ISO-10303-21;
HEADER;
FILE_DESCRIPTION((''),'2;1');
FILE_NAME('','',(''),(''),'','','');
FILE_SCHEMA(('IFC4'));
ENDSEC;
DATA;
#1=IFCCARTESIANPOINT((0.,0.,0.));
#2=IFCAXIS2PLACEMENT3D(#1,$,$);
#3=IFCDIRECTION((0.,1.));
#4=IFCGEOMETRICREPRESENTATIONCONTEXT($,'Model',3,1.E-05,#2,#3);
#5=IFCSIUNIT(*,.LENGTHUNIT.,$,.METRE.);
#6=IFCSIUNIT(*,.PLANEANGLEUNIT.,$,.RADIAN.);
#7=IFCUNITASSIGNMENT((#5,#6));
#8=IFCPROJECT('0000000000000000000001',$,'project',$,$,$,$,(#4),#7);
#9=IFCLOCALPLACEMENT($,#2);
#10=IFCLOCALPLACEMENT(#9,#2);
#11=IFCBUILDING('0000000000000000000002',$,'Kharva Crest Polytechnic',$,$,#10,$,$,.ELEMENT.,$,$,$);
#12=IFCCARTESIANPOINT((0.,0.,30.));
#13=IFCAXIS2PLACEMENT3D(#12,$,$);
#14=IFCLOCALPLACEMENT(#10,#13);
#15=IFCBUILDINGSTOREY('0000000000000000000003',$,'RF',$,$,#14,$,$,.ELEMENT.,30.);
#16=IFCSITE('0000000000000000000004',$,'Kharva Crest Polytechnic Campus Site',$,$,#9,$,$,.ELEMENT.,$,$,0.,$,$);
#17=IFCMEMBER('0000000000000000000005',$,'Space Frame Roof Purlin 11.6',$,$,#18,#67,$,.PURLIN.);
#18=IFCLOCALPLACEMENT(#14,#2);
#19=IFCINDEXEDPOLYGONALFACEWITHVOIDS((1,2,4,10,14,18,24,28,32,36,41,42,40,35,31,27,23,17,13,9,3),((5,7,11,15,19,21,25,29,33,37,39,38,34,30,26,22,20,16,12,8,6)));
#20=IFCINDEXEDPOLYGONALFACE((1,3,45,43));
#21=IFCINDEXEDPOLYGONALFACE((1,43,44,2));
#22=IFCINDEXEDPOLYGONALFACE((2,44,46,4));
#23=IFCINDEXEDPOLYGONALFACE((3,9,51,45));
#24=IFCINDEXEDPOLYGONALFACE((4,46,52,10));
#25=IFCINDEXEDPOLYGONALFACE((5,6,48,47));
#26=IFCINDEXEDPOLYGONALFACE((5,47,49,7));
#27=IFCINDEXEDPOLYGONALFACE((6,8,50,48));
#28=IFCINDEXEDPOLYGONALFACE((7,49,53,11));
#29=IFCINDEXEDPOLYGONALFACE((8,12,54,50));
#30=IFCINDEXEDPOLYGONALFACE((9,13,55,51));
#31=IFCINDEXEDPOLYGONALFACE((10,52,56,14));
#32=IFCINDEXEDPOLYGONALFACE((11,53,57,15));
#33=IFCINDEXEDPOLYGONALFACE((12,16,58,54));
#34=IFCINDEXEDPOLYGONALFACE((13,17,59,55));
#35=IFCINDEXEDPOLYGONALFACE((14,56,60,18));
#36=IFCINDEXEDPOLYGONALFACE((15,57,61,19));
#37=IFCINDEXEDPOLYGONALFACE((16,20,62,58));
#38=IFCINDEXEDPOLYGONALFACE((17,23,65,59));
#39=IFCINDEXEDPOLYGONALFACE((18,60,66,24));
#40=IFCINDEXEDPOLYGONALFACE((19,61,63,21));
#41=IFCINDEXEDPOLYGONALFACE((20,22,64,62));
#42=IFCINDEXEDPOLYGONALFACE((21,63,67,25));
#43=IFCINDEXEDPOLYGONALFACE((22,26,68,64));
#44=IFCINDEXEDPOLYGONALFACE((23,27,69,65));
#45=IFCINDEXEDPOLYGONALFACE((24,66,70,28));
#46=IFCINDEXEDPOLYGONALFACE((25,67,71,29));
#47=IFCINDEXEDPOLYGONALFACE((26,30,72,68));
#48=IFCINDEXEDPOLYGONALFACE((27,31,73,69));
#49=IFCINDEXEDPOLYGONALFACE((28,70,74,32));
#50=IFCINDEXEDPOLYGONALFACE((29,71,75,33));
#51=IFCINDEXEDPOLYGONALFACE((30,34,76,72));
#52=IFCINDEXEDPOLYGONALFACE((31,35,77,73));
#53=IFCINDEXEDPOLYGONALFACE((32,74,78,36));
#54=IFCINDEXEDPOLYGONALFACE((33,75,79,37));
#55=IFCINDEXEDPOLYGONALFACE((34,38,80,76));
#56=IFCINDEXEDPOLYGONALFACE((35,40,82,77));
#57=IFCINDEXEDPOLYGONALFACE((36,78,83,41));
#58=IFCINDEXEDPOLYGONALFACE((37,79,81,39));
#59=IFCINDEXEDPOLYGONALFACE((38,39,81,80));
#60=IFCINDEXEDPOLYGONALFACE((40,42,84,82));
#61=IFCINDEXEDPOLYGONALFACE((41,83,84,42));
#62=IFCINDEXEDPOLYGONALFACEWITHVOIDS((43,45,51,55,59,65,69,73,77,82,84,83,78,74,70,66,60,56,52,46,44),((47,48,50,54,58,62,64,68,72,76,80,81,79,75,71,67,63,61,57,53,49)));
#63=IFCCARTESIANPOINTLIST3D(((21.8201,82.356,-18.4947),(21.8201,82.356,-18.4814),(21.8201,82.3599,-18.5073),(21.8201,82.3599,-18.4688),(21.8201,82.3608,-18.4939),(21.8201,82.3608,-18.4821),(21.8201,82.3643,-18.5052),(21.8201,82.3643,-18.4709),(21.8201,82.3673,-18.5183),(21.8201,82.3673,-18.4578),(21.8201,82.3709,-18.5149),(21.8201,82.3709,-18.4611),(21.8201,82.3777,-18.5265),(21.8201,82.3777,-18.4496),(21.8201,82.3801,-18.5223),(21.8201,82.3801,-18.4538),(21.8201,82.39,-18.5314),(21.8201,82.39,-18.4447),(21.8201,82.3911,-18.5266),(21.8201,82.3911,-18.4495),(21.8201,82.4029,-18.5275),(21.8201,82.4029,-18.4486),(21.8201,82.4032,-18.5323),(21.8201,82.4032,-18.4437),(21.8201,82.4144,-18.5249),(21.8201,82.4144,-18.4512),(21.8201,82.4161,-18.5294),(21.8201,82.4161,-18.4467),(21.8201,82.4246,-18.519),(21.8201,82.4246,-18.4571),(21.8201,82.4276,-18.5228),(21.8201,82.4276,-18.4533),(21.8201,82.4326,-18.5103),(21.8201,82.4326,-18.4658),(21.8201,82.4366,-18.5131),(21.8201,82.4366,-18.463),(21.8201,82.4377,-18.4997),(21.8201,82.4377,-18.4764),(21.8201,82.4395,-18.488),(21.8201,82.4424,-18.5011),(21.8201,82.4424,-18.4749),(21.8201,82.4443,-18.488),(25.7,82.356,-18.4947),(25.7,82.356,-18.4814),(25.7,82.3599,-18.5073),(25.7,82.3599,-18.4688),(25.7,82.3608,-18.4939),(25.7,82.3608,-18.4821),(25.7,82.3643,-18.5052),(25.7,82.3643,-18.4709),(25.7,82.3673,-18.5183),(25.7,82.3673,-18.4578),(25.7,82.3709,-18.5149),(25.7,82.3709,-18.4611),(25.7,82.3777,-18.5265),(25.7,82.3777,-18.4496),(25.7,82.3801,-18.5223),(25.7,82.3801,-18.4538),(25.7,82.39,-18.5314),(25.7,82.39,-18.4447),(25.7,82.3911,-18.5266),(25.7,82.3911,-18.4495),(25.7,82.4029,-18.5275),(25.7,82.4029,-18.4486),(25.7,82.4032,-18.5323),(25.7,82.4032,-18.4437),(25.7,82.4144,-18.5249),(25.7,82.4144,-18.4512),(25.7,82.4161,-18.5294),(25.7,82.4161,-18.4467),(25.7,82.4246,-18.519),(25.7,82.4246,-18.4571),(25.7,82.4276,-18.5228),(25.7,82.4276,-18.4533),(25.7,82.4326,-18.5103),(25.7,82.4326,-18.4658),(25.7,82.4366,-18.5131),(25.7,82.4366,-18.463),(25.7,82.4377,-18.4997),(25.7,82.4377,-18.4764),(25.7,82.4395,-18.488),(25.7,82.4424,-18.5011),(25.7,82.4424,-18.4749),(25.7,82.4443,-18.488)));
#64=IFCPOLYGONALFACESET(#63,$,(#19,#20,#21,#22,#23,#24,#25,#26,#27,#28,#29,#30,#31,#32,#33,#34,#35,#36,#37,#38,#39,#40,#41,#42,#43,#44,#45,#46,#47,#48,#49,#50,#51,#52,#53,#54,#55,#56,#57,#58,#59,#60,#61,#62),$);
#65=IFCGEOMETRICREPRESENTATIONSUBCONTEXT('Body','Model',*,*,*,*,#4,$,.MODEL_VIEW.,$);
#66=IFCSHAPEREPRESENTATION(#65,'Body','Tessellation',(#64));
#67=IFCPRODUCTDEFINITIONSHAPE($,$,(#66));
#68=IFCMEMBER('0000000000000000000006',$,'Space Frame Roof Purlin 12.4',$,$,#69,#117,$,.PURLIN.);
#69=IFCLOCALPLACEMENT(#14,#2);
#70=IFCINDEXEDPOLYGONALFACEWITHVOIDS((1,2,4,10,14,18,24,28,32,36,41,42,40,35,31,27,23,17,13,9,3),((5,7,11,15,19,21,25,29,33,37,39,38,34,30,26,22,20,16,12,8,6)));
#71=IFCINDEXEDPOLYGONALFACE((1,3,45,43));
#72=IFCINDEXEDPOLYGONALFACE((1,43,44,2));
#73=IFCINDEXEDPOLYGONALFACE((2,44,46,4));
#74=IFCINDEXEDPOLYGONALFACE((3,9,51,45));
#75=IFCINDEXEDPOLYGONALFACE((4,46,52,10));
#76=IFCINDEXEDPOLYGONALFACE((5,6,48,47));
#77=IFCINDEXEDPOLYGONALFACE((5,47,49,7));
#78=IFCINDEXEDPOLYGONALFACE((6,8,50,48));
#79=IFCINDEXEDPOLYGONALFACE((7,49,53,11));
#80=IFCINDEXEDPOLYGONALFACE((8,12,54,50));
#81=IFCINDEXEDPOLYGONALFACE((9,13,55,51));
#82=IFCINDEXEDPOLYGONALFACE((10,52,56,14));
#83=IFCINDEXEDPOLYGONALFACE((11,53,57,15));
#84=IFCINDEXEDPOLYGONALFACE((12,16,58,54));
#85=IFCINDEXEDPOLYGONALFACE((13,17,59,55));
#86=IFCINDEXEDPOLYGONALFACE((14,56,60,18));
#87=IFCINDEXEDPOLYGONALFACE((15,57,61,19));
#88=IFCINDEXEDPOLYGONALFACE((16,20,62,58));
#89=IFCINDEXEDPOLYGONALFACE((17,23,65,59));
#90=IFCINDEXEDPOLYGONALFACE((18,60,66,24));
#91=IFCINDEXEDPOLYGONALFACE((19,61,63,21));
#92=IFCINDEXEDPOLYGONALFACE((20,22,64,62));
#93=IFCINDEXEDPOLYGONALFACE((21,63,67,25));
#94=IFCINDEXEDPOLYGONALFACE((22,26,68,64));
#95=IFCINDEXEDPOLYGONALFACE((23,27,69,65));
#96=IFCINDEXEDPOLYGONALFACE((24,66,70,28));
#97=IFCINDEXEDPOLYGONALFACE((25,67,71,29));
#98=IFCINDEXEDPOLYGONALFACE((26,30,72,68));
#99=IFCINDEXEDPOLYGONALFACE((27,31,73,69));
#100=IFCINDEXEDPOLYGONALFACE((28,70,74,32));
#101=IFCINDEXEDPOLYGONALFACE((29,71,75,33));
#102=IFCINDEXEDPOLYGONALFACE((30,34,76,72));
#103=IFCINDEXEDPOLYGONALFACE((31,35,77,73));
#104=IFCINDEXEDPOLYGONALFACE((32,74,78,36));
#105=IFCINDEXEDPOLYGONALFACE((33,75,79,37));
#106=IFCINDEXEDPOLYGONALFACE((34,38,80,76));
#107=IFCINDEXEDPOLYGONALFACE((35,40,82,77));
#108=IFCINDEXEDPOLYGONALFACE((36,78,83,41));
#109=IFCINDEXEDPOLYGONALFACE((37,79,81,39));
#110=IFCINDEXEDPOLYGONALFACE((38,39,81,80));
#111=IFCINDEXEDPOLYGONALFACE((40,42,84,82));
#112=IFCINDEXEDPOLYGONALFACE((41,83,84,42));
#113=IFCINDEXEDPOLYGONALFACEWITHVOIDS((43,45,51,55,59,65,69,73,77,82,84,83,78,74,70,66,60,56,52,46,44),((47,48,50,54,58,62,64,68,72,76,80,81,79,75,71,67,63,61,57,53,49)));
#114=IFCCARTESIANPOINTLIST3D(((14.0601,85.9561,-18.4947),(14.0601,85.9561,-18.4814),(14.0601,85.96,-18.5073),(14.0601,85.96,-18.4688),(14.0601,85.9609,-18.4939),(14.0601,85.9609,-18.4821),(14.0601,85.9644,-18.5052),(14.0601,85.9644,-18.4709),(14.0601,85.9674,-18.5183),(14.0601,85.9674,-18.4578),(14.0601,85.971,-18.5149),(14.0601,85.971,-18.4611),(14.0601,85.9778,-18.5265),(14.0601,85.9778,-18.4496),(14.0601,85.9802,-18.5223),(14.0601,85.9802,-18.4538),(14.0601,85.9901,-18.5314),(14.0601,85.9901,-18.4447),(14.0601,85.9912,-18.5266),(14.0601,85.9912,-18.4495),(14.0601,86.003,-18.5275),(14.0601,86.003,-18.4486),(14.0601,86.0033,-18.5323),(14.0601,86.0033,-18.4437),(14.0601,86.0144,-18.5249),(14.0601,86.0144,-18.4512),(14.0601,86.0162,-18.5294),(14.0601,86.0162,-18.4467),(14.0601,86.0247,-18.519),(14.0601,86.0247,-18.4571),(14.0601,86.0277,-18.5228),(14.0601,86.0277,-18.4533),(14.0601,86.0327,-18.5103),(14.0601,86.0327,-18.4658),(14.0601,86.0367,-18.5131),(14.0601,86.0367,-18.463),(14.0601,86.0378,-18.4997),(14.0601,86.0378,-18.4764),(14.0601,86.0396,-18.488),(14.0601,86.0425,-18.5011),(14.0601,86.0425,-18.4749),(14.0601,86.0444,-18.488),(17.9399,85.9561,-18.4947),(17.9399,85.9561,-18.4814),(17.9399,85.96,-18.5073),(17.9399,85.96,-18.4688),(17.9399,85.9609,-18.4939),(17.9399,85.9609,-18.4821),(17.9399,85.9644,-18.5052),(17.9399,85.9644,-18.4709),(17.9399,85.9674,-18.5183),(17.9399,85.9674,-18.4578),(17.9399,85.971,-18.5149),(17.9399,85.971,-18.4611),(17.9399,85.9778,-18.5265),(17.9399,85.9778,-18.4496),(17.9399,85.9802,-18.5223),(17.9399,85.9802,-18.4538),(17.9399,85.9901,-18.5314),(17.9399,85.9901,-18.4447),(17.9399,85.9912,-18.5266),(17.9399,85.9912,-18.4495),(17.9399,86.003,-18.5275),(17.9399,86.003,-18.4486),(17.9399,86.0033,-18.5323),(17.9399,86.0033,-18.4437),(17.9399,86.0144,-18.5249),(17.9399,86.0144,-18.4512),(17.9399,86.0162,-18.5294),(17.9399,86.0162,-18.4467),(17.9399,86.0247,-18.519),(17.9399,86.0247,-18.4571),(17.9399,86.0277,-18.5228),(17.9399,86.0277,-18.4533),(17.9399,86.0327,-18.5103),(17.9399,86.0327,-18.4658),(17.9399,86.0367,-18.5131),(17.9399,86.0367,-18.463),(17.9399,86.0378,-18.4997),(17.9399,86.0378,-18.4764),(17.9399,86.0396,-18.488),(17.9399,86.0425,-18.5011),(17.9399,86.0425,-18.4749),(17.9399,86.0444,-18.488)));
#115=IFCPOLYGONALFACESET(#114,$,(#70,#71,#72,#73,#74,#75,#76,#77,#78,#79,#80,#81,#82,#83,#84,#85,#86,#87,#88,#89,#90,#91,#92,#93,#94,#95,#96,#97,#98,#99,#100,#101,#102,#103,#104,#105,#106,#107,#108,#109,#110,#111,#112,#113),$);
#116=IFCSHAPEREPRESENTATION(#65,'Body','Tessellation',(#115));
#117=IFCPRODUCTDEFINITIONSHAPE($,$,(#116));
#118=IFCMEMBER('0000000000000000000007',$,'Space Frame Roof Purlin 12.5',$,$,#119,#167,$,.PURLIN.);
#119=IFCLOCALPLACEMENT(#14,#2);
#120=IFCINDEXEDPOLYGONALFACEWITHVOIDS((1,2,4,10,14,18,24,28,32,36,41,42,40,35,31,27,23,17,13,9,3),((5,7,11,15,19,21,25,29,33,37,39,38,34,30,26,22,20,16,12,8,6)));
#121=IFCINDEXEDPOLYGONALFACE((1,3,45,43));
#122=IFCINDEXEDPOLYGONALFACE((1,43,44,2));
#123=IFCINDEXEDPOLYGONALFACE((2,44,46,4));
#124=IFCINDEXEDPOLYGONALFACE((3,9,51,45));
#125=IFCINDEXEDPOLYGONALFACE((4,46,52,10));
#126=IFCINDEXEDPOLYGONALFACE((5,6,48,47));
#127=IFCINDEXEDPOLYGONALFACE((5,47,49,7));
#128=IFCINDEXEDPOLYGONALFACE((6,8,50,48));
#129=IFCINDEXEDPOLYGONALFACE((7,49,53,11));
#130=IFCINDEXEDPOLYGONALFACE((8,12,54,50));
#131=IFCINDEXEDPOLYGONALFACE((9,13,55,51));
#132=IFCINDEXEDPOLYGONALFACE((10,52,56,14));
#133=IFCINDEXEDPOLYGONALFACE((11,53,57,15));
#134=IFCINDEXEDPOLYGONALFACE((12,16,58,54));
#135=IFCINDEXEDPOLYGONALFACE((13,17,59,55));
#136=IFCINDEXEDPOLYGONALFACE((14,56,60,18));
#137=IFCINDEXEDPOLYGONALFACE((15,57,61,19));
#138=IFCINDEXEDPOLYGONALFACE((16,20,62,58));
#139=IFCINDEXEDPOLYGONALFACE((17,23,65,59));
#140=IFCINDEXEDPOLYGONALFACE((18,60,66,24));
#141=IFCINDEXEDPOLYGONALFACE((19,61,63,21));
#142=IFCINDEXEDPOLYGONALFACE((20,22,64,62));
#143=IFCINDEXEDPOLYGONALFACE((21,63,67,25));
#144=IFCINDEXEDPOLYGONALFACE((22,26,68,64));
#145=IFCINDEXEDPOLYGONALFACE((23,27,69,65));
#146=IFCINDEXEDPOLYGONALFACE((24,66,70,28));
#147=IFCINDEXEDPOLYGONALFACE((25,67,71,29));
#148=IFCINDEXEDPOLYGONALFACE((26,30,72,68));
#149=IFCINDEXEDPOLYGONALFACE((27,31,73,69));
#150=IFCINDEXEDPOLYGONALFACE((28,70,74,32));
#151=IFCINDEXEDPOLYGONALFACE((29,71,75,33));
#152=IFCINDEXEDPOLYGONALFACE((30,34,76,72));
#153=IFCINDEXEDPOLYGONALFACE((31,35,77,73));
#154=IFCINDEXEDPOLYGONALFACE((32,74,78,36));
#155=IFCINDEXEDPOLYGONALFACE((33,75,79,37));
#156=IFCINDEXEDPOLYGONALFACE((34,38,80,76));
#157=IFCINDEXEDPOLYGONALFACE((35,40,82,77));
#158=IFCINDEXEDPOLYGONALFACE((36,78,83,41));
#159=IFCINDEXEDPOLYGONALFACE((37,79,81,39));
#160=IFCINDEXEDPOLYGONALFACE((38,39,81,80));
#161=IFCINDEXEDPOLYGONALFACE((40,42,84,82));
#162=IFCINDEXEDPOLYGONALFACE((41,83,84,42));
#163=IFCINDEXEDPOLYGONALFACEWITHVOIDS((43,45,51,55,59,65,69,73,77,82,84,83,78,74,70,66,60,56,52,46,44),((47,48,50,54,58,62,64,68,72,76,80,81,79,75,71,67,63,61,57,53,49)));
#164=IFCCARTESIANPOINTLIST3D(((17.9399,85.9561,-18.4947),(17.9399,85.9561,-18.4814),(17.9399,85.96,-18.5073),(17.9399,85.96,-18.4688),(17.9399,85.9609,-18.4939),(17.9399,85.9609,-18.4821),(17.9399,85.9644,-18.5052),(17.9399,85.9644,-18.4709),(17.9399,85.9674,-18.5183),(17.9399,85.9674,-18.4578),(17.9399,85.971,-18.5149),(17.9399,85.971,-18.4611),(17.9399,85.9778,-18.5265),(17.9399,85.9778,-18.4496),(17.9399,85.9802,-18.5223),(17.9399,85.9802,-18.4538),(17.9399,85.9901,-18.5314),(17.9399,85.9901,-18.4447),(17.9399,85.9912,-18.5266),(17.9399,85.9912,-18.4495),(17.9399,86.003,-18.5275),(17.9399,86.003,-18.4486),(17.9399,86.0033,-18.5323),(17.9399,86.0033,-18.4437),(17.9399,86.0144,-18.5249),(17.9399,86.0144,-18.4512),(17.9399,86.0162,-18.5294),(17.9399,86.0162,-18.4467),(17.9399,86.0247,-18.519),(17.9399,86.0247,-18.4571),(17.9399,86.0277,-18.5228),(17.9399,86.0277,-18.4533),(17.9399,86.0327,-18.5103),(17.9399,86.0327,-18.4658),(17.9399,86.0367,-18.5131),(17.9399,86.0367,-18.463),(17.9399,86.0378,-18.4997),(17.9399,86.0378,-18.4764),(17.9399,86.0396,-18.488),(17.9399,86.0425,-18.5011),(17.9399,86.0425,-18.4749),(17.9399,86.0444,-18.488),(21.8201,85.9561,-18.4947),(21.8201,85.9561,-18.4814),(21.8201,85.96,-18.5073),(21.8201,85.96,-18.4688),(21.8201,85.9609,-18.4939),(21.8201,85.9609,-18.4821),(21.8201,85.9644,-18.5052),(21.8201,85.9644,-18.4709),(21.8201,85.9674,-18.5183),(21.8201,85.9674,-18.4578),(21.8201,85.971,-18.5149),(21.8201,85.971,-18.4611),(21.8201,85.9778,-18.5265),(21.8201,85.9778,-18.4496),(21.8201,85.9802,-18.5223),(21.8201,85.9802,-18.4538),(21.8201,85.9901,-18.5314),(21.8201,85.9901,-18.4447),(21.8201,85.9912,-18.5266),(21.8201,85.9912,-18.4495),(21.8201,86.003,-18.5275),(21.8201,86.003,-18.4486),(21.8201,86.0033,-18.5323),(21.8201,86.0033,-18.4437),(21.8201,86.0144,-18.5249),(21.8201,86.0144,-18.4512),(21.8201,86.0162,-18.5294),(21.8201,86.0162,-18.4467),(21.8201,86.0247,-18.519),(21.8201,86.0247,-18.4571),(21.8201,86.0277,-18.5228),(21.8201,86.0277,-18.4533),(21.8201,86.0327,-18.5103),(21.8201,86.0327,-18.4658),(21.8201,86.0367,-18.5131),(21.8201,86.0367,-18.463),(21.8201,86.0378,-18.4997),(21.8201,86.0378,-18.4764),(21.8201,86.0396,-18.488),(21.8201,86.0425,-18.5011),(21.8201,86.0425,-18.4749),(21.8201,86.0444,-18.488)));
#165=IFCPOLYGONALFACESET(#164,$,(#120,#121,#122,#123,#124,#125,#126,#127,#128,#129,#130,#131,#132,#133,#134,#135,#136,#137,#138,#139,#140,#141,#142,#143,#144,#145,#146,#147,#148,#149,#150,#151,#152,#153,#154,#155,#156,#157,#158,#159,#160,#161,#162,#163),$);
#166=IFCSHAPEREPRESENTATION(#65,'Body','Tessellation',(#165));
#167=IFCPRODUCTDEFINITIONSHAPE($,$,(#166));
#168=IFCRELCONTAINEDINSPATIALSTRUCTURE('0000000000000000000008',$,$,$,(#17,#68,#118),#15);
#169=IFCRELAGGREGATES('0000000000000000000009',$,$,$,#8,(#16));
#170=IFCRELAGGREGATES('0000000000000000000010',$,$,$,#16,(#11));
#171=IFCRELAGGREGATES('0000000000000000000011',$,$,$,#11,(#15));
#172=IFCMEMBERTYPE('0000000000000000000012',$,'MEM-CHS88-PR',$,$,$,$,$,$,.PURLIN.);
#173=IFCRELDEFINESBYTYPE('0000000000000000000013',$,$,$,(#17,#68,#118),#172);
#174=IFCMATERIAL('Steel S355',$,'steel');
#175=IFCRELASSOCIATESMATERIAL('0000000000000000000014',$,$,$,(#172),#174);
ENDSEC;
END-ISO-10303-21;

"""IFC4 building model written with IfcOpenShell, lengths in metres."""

from ifc_helpers import new_model, si_unit, direction, frame, origin, origin_2d, place, context, subcontext, project, spatial, hollow_circle, extrude, material, material_profile, profile_set, type_object, element, save


model = new_model("IFC4")

# Units and contexts
model_context = context("Model", 3, precision=1e-05, world=origin(), true_north=direction((0.0, 1.0)))
body_context = subcontext(model_context, "Body", "Model", "MODEL_VIEW")
ifc_project = project(units=[si_unit("LENGTHUNIT", "METRE"), si_unit("PLANEANGLEUNIT", "RADIAN")], contexts=[model_context])

# Site, building, storey
site_placement = place(None, origin())
site = spatial("IfcSite", under=ifc_project, at=site_placement, Name="Kharva Crest Polytechnic Campus Site", CompositionType="ELEMENT", RefElevation=0.0)
building_placement = place(site_placement, origin())
building = spatial("IfcBuilding", under=site, at=building_placement, Name="Kharva Crest Polytechnic", CompositionType="ELEMENT")
storey_placement = place(building_placement, frame((0.0, 0.0, 30.0)))
storey = spatial("IfcBuildingStorey", under=building, at=storey_placement, Name="RF", CompositionType="ELEMENT", Elevation=30.0)

# Members
ifc_material = material(Name="Steel S355", Category="steel")
ifc_material_profile = material_profile(ifc_material, hollow_circle(Radius=0.0444, WallThickness=0.0049, at=origin_2d()), Name="CHS 88.9X5.0")
ifc_profile_set = profile_set([ifc_material_profile], Name="Steel S355")
member_type = type_object("IfcMemberType", Name="MEM-CHS88-PR", PredefinedType="PURLIN", material=ifc_profile_set)
for number, where, z_axis, x_axis, name in (
    (1, (21.8201, 82.3999, -18.488), (1.0, 0.0, 0.0), (0.0, 1.0, 0.0), "Space Frame Roof Purlin 11.6"),
    (2, (14.0601, 86.0, -18.488), (1.0, 0.0, 0.0), (0.0, 1.0, 0.0), "Space Frame Roof Purlin 12.4"),
):
    element("IfcMember", number, at=place(storey_placement, frame(where, z_axis=z_axis, x_axis=x_axis)), inside=storey, type_object=member_type, Name=name, PredefinedType="PURLIN", context=body_context, shape_type="SweptSolid", body=[
        extrude(hollow_circle(Radius=0.0444, WallThickness=0.0049, at=origin_2d()), origin(), (0.0, 0.0, 1.0), 3.8799),
    ])
member_1_placement = place(storey_placement, frame((17.9399, 86.0, -18.488), z_axis=(1.0, 0.0, 0.0), x_axis=(0.0, 1.0, 0.0)))
element("IfcMember", 3, at=member_1_placement, inside=storey, type_object=member_type, Name="Space Frame Roof Purlin 12.5", PredefinedType="PURLIN", context=body_context, shape_type="SweptSolid", body=[
    extrude(hollow_circle(Radius=0.0444, WallThickness=0.0049, at=origin_2d()), origin(), (0.0, 0.0, 1.0), 3.8801),
])

save(model, "model.ifc")
